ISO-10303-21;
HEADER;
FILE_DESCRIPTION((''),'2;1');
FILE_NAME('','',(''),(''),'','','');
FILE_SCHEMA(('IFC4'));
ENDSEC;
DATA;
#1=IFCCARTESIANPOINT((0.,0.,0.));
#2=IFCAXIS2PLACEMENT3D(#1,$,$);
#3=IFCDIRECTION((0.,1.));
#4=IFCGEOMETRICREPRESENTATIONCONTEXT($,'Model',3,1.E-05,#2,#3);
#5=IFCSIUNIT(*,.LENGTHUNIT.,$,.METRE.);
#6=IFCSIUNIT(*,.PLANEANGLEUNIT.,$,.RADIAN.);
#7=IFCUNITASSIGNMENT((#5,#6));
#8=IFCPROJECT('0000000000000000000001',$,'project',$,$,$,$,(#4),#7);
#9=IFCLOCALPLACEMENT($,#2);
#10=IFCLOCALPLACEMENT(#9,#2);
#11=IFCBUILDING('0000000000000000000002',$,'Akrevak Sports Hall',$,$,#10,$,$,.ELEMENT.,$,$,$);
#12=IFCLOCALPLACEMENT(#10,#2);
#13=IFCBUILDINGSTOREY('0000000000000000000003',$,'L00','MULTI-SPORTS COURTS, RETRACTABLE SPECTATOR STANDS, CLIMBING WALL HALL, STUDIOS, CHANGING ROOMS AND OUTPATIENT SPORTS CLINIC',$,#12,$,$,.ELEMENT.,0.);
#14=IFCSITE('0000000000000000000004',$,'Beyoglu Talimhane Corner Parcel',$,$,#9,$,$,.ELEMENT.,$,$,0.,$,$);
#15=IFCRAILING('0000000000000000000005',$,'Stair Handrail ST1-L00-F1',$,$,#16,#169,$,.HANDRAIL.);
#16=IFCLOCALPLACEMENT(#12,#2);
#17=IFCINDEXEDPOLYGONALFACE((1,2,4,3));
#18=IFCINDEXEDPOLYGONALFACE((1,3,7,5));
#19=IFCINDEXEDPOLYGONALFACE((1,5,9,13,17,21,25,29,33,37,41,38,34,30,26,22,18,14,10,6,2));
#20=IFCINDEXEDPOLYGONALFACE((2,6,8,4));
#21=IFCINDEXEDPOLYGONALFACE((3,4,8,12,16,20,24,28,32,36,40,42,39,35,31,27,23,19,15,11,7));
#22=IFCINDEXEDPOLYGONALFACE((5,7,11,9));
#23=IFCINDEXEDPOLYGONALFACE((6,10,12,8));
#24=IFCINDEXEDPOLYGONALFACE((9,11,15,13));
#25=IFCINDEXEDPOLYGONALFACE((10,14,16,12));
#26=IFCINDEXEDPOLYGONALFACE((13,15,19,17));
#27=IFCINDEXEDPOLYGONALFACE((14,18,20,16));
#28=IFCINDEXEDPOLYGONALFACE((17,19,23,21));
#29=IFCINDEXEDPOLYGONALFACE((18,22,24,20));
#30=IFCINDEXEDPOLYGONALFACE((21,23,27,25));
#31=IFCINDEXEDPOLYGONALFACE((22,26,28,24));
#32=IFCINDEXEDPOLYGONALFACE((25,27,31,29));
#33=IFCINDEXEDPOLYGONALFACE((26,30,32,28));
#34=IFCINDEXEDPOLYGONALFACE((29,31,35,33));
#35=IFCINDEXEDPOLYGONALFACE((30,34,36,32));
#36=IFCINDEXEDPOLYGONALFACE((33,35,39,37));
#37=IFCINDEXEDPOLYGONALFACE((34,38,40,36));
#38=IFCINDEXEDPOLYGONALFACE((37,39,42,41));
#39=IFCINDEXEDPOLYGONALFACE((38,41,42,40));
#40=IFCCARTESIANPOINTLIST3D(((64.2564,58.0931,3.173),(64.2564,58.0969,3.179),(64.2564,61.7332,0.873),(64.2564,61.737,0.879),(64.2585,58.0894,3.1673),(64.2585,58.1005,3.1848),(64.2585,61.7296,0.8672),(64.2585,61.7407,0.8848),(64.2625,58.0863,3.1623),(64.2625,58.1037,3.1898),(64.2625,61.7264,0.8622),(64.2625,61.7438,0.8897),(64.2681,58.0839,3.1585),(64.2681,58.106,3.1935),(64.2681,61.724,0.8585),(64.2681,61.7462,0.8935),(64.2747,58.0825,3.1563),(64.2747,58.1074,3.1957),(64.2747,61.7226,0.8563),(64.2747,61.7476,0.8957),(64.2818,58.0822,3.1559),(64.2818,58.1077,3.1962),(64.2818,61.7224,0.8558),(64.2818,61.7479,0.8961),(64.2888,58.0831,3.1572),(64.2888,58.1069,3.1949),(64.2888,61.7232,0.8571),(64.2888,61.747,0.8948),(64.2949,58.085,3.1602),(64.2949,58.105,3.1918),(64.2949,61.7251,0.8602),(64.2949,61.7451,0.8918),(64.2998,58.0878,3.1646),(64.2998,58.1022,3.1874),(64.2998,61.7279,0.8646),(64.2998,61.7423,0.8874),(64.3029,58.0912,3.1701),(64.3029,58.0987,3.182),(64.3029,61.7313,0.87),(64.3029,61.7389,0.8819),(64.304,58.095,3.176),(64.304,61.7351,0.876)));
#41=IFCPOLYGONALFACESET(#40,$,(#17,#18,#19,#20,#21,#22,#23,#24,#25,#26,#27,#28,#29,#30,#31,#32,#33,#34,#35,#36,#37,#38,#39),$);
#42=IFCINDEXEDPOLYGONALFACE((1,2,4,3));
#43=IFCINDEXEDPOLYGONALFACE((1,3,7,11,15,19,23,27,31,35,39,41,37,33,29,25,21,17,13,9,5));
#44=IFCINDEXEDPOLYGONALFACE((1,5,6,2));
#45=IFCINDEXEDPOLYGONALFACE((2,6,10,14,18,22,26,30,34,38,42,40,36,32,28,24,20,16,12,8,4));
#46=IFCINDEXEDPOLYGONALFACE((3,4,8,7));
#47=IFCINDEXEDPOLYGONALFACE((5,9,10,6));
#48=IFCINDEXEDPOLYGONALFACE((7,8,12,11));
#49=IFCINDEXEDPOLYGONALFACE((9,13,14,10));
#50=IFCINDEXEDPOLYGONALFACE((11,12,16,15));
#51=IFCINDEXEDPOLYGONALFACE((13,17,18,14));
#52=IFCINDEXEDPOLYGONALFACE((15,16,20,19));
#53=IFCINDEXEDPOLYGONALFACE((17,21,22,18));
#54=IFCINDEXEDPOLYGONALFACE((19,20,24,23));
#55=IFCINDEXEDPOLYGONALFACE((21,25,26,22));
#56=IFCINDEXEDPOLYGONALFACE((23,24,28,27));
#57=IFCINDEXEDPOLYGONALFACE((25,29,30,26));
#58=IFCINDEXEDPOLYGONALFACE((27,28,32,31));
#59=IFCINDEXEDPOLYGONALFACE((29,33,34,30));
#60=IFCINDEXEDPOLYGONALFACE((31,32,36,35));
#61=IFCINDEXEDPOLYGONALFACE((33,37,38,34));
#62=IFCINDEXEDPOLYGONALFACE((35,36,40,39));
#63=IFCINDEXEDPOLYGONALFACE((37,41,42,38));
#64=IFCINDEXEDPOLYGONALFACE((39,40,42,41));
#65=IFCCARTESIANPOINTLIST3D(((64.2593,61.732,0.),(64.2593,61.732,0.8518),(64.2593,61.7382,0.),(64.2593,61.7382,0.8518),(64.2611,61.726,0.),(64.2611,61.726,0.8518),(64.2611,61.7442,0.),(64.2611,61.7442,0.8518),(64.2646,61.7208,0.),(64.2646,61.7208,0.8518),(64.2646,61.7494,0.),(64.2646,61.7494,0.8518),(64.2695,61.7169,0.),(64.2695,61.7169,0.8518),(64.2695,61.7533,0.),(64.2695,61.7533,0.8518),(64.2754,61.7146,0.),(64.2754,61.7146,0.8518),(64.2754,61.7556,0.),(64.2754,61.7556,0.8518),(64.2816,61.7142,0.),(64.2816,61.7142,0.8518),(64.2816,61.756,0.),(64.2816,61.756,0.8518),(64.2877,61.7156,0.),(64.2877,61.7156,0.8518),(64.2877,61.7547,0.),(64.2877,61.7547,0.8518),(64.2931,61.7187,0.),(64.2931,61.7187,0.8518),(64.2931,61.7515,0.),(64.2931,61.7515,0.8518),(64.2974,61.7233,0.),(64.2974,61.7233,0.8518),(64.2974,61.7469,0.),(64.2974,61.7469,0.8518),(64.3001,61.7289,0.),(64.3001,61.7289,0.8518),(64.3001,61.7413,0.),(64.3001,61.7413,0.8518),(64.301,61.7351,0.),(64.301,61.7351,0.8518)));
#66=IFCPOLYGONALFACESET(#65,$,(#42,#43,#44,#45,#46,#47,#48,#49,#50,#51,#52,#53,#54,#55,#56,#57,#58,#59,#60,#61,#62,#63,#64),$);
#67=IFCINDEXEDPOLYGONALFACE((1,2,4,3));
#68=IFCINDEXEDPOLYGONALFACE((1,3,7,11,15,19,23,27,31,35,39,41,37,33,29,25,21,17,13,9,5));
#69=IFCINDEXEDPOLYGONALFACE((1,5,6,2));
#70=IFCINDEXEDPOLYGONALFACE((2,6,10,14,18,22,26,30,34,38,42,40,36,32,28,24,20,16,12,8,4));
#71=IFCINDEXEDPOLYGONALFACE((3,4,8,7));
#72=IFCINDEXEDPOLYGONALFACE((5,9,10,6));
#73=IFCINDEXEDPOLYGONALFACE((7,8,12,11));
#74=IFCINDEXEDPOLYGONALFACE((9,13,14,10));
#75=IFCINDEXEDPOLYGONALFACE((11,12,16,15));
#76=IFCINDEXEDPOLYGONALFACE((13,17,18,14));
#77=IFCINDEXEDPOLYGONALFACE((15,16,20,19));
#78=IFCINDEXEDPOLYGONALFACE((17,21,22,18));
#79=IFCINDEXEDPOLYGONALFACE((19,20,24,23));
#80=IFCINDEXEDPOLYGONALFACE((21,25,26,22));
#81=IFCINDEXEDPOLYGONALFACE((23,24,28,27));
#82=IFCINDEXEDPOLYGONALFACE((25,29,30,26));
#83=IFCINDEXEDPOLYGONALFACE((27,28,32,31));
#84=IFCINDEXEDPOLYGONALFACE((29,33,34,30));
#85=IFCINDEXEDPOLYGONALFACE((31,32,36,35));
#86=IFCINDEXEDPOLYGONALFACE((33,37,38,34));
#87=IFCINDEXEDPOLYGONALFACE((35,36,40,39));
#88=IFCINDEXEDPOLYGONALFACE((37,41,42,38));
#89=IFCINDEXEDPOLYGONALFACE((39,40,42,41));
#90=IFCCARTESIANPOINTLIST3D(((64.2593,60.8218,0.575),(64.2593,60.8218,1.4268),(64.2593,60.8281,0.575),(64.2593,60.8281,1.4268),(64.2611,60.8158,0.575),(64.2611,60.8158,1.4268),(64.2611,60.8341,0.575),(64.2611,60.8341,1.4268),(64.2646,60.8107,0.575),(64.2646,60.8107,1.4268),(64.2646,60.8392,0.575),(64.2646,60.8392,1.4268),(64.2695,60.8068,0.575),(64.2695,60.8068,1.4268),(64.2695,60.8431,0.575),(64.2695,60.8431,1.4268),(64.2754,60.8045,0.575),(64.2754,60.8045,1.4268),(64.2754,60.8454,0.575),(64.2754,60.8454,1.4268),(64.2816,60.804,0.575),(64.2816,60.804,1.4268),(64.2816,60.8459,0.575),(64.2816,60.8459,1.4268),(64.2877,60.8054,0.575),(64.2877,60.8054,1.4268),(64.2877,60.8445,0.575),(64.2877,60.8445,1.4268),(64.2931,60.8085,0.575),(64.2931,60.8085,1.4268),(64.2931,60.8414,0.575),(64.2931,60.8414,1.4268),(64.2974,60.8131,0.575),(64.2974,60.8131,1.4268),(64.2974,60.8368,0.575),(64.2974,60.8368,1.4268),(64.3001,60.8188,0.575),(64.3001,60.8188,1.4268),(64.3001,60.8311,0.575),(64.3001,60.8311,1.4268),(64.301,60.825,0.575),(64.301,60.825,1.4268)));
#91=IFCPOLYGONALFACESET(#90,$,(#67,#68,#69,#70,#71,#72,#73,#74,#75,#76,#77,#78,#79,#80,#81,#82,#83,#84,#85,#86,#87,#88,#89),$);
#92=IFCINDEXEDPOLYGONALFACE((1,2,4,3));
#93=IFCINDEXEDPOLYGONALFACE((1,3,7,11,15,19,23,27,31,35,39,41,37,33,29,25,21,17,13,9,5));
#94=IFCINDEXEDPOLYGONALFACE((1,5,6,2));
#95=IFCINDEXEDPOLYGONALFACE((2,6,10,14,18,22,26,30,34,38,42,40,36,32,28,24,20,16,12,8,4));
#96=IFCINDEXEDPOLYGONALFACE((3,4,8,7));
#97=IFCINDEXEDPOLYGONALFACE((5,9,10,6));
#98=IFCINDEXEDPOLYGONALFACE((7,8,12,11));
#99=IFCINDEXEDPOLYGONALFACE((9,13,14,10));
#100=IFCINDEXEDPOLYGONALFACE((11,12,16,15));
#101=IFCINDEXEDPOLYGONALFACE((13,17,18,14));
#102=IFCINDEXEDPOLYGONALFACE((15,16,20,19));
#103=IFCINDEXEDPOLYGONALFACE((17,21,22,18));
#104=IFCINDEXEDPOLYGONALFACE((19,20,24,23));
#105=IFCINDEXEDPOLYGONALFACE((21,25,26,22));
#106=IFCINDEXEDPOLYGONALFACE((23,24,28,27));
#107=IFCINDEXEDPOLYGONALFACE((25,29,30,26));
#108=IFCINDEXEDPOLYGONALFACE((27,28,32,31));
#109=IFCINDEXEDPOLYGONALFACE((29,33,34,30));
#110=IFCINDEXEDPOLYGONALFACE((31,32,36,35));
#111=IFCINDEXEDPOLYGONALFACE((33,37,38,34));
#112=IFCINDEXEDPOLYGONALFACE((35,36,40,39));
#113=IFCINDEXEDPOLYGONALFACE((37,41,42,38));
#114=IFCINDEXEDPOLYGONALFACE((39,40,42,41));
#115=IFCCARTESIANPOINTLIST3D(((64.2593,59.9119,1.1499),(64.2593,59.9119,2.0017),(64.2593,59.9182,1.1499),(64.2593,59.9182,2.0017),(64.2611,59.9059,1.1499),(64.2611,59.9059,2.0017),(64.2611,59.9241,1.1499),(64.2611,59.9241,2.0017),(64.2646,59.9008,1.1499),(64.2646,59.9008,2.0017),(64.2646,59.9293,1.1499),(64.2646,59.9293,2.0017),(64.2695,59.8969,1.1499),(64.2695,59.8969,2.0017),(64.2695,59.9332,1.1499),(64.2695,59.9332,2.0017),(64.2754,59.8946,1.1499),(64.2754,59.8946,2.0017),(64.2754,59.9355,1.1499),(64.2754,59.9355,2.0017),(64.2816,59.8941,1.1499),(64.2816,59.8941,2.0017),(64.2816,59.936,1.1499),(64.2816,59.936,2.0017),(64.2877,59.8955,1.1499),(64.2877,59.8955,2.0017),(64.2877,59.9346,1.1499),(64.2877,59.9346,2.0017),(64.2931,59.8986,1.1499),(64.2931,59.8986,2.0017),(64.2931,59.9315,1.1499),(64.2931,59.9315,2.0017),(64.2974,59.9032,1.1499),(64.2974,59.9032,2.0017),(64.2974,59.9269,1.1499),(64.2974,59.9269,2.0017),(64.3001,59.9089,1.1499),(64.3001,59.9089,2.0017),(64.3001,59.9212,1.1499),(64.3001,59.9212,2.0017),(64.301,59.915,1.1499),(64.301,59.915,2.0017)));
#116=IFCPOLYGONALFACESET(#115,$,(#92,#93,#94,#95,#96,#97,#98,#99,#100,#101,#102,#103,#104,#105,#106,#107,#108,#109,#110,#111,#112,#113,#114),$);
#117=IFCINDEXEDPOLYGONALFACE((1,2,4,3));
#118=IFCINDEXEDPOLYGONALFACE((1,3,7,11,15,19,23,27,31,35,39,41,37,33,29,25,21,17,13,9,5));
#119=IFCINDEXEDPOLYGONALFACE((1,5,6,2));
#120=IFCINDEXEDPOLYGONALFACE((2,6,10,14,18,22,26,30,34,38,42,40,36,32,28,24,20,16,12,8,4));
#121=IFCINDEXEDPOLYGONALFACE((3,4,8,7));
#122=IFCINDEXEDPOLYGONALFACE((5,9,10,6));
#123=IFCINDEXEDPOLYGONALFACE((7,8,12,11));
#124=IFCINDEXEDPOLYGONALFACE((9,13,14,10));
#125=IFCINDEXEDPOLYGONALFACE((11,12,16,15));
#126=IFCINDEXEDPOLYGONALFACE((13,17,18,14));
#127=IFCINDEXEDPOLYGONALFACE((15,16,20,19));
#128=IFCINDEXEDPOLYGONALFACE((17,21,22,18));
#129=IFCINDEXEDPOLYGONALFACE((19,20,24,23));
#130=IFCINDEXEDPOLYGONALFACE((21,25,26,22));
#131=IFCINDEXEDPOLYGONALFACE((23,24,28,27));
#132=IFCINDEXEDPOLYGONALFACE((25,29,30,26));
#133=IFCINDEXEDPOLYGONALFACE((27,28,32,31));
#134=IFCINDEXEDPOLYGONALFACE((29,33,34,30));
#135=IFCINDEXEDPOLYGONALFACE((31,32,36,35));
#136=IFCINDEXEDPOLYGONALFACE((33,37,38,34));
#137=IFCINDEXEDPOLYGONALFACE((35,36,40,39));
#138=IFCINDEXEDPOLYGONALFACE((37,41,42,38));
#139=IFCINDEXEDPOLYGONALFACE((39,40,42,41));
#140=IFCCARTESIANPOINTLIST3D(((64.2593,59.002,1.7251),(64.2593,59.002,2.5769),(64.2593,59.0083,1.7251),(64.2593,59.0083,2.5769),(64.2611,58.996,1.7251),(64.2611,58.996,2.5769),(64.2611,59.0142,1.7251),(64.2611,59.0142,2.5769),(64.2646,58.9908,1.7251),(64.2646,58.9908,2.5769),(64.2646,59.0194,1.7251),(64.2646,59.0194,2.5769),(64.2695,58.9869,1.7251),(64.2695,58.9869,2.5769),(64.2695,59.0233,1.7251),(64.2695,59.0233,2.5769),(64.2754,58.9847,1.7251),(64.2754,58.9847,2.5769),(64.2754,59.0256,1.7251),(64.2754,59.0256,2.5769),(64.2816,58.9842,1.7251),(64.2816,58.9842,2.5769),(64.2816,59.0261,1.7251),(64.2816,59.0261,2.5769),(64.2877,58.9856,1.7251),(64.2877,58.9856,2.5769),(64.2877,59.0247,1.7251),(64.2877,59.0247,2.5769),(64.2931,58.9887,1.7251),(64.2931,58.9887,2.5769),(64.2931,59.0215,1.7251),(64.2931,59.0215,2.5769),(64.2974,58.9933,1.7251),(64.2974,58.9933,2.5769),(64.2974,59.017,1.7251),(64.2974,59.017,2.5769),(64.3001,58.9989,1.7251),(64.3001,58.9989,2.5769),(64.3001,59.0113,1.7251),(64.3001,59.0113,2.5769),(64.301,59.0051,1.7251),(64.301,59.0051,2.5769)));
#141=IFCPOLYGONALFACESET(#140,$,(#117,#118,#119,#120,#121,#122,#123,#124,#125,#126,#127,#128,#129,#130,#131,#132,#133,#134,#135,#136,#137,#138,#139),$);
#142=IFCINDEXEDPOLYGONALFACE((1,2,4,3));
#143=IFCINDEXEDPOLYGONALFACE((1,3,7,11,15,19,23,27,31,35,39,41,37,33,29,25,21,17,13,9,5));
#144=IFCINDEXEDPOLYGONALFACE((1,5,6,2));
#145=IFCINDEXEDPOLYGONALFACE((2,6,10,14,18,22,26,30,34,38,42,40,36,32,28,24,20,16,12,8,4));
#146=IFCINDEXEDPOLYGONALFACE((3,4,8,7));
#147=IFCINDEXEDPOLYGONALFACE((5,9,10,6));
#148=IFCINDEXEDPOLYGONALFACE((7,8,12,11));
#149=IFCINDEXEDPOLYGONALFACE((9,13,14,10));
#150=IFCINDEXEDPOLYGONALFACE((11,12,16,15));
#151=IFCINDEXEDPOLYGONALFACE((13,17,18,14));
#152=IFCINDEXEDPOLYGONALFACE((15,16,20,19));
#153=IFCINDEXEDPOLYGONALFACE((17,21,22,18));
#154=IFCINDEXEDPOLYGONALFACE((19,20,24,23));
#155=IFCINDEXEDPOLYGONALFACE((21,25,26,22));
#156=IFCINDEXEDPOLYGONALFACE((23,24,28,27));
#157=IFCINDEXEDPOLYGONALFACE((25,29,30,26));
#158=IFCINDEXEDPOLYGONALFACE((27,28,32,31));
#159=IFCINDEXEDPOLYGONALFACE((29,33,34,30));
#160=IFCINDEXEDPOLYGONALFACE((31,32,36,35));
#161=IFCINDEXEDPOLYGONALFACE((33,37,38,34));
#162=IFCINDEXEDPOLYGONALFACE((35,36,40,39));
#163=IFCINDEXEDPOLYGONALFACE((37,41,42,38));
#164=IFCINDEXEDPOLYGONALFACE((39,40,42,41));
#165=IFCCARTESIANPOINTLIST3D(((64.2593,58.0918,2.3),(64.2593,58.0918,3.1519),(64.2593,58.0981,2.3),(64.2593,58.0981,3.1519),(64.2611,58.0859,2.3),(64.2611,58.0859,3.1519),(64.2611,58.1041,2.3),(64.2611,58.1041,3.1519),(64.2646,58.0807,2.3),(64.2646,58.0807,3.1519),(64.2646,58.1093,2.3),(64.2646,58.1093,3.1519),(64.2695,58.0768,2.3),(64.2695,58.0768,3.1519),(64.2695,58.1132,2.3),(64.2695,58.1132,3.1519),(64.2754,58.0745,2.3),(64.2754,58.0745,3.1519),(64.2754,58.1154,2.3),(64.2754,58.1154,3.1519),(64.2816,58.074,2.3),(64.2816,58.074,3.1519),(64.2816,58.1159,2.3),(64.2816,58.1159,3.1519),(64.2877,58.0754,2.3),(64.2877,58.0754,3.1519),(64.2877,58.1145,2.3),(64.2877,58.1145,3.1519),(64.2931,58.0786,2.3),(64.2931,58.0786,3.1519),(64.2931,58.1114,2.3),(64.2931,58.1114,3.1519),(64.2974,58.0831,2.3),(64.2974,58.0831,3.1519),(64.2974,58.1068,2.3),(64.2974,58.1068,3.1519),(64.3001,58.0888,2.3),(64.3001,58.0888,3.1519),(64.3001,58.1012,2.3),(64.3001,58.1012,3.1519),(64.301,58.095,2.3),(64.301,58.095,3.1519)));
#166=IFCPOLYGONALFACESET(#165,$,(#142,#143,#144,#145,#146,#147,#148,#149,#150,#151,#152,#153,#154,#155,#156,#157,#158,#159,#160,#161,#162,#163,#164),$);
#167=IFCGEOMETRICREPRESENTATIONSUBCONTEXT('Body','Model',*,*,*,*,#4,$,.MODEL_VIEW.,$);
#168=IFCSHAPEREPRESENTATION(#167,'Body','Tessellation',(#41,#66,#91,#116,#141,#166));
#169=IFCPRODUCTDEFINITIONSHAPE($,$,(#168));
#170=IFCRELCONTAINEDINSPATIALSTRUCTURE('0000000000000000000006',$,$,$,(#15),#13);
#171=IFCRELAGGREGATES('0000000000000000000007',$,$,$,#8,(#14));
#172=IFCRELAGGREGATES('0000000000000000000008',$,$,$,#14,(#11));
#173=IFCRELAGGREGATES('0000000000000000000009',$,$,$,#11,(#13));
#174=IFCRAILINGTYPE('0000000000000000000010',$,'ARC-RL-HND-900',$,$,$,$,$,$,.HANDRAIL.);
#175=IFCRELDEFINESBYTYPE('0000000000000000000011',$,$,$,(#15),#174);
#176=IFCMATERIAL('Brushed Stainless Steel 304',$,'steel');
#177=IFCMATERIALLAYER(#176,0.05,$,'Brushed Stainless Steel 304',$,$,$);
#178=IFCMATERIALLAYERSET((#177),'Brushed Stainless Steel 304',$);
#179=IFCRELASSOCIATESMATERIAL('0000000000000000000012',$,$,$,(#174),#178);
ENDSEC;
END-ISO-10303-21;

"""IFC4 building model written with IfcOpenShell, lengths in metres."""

from ifc_helpers import new_model, si_unit, direction, frame, origin, origin_2d, place, context, subcontext, project, spatial, circle, extrude, material, layer, layer_set, type_object, element, save


model = new_model("IFC4")

# Units and contexts
model_context = context("Model", 3, precision=1e-05, world=origin(), true_north=direction((0.0, 1.0)))
body_context = subcontext(model_context, "Body", "Model", "MODEL_VIEW")
ifc_project = project(units=[si_unit("LENGTHUNIT", "METRE"), si_unit("PLANEANGLEUNIT", "RADIAN")], contexts=[model_context])

# Site, building, storey
site_placement = place(None, origin())
site = spatial("IfcSite", under=ifc_project, at=site_placement, Name="Beyoglu Talimhane Corner Parcel", CompositionType="ELEMENT", RefElevation=0.0)
building_placement = place(site_placement, origin())
building = spatial("IfcBuilding", under=site, at=building_placement, Name="Akrevak Sports Hall", CompositionType="ELEMENT")
storey_placement = place(building_placement, origin())
storey = spatial("IfcBuildingStorey", under=building, at=storey_placement, Name="L00", Description="MULTI-SPORTS COURTS, RETRACTABLE SPECTATOR STANDS, CLIMBING WALL HALL, STUDIOS, CHANGING ROOMS AND OUTPATIENT SPORTS CLINIC", CompositionType="ELEMENT", Elevation=0.0)

# Railing
ifc_material_1 = material(Name="Brushed Stainless Steel 304", Category="steel")
ifc_layer_1 = layer(ifc_material_1, 0.05, Name="Brushed Stainless Steel 304")
ifc_layer_set_1 = layer_set([ifc_layer_1], Name="Brushed Stainless Steel 304")
railing_type_1 = type_object("IfcRailingType", Name="ARC-RL-HND-900", PredefinedType="HANDRAIL", material=ifc_layer_set_1)
railing_1_placement = place(storey_placement, frame((64.28, 61.7351, 0.0)))
element("IfcRailing", 1, at=railing_1_placement, inside=storey, type_object=railing_type_1, Name="Stair Handrail ST1-L00-F1", PredefinedType="HANDRAIL", context=body_context, shape_type="SweptSolid", body=[
    extrude(circle(Radius=0.0239, at=origin_2d()), frame((0.0, 0.0, 0.876), z_axis=(0.0, -0.845382, 0.534162), x_axis=(1.0, 0.0, 0.0)), (0.0, 0.0, 1.0), 4.3059),
    extrude(circle(Radius=0.021, at=origin_2d()), origin(), (0.0, 0.0, 1.0), 0.8518),
    extrude(circle(Radius=0.021, at=origin_2d()), frame((0.0, -0.9102, 0.575)), (0.0, 0.0, 1.0), 0.8518),
    extrude(circle(Radius=0.021, at=origin_2d()), frame((0.0, -1.8201, 1.1499)), (0.0, 0.0, 1.0), 0.8518),
    extrude(circle(Radius=0.021, at=origin_2d()), frame((0.0, -2.73, 1.7251)), (0.0, 0.0, 1.0), 0.8518),
    extrude(circle(Radius=0.021, at=origin_2d()), frame((0.0, -3.6401, 2.3)), (0.0, 0.0, 1.0), 0.8518),
])

save(model, "model.ifc")
